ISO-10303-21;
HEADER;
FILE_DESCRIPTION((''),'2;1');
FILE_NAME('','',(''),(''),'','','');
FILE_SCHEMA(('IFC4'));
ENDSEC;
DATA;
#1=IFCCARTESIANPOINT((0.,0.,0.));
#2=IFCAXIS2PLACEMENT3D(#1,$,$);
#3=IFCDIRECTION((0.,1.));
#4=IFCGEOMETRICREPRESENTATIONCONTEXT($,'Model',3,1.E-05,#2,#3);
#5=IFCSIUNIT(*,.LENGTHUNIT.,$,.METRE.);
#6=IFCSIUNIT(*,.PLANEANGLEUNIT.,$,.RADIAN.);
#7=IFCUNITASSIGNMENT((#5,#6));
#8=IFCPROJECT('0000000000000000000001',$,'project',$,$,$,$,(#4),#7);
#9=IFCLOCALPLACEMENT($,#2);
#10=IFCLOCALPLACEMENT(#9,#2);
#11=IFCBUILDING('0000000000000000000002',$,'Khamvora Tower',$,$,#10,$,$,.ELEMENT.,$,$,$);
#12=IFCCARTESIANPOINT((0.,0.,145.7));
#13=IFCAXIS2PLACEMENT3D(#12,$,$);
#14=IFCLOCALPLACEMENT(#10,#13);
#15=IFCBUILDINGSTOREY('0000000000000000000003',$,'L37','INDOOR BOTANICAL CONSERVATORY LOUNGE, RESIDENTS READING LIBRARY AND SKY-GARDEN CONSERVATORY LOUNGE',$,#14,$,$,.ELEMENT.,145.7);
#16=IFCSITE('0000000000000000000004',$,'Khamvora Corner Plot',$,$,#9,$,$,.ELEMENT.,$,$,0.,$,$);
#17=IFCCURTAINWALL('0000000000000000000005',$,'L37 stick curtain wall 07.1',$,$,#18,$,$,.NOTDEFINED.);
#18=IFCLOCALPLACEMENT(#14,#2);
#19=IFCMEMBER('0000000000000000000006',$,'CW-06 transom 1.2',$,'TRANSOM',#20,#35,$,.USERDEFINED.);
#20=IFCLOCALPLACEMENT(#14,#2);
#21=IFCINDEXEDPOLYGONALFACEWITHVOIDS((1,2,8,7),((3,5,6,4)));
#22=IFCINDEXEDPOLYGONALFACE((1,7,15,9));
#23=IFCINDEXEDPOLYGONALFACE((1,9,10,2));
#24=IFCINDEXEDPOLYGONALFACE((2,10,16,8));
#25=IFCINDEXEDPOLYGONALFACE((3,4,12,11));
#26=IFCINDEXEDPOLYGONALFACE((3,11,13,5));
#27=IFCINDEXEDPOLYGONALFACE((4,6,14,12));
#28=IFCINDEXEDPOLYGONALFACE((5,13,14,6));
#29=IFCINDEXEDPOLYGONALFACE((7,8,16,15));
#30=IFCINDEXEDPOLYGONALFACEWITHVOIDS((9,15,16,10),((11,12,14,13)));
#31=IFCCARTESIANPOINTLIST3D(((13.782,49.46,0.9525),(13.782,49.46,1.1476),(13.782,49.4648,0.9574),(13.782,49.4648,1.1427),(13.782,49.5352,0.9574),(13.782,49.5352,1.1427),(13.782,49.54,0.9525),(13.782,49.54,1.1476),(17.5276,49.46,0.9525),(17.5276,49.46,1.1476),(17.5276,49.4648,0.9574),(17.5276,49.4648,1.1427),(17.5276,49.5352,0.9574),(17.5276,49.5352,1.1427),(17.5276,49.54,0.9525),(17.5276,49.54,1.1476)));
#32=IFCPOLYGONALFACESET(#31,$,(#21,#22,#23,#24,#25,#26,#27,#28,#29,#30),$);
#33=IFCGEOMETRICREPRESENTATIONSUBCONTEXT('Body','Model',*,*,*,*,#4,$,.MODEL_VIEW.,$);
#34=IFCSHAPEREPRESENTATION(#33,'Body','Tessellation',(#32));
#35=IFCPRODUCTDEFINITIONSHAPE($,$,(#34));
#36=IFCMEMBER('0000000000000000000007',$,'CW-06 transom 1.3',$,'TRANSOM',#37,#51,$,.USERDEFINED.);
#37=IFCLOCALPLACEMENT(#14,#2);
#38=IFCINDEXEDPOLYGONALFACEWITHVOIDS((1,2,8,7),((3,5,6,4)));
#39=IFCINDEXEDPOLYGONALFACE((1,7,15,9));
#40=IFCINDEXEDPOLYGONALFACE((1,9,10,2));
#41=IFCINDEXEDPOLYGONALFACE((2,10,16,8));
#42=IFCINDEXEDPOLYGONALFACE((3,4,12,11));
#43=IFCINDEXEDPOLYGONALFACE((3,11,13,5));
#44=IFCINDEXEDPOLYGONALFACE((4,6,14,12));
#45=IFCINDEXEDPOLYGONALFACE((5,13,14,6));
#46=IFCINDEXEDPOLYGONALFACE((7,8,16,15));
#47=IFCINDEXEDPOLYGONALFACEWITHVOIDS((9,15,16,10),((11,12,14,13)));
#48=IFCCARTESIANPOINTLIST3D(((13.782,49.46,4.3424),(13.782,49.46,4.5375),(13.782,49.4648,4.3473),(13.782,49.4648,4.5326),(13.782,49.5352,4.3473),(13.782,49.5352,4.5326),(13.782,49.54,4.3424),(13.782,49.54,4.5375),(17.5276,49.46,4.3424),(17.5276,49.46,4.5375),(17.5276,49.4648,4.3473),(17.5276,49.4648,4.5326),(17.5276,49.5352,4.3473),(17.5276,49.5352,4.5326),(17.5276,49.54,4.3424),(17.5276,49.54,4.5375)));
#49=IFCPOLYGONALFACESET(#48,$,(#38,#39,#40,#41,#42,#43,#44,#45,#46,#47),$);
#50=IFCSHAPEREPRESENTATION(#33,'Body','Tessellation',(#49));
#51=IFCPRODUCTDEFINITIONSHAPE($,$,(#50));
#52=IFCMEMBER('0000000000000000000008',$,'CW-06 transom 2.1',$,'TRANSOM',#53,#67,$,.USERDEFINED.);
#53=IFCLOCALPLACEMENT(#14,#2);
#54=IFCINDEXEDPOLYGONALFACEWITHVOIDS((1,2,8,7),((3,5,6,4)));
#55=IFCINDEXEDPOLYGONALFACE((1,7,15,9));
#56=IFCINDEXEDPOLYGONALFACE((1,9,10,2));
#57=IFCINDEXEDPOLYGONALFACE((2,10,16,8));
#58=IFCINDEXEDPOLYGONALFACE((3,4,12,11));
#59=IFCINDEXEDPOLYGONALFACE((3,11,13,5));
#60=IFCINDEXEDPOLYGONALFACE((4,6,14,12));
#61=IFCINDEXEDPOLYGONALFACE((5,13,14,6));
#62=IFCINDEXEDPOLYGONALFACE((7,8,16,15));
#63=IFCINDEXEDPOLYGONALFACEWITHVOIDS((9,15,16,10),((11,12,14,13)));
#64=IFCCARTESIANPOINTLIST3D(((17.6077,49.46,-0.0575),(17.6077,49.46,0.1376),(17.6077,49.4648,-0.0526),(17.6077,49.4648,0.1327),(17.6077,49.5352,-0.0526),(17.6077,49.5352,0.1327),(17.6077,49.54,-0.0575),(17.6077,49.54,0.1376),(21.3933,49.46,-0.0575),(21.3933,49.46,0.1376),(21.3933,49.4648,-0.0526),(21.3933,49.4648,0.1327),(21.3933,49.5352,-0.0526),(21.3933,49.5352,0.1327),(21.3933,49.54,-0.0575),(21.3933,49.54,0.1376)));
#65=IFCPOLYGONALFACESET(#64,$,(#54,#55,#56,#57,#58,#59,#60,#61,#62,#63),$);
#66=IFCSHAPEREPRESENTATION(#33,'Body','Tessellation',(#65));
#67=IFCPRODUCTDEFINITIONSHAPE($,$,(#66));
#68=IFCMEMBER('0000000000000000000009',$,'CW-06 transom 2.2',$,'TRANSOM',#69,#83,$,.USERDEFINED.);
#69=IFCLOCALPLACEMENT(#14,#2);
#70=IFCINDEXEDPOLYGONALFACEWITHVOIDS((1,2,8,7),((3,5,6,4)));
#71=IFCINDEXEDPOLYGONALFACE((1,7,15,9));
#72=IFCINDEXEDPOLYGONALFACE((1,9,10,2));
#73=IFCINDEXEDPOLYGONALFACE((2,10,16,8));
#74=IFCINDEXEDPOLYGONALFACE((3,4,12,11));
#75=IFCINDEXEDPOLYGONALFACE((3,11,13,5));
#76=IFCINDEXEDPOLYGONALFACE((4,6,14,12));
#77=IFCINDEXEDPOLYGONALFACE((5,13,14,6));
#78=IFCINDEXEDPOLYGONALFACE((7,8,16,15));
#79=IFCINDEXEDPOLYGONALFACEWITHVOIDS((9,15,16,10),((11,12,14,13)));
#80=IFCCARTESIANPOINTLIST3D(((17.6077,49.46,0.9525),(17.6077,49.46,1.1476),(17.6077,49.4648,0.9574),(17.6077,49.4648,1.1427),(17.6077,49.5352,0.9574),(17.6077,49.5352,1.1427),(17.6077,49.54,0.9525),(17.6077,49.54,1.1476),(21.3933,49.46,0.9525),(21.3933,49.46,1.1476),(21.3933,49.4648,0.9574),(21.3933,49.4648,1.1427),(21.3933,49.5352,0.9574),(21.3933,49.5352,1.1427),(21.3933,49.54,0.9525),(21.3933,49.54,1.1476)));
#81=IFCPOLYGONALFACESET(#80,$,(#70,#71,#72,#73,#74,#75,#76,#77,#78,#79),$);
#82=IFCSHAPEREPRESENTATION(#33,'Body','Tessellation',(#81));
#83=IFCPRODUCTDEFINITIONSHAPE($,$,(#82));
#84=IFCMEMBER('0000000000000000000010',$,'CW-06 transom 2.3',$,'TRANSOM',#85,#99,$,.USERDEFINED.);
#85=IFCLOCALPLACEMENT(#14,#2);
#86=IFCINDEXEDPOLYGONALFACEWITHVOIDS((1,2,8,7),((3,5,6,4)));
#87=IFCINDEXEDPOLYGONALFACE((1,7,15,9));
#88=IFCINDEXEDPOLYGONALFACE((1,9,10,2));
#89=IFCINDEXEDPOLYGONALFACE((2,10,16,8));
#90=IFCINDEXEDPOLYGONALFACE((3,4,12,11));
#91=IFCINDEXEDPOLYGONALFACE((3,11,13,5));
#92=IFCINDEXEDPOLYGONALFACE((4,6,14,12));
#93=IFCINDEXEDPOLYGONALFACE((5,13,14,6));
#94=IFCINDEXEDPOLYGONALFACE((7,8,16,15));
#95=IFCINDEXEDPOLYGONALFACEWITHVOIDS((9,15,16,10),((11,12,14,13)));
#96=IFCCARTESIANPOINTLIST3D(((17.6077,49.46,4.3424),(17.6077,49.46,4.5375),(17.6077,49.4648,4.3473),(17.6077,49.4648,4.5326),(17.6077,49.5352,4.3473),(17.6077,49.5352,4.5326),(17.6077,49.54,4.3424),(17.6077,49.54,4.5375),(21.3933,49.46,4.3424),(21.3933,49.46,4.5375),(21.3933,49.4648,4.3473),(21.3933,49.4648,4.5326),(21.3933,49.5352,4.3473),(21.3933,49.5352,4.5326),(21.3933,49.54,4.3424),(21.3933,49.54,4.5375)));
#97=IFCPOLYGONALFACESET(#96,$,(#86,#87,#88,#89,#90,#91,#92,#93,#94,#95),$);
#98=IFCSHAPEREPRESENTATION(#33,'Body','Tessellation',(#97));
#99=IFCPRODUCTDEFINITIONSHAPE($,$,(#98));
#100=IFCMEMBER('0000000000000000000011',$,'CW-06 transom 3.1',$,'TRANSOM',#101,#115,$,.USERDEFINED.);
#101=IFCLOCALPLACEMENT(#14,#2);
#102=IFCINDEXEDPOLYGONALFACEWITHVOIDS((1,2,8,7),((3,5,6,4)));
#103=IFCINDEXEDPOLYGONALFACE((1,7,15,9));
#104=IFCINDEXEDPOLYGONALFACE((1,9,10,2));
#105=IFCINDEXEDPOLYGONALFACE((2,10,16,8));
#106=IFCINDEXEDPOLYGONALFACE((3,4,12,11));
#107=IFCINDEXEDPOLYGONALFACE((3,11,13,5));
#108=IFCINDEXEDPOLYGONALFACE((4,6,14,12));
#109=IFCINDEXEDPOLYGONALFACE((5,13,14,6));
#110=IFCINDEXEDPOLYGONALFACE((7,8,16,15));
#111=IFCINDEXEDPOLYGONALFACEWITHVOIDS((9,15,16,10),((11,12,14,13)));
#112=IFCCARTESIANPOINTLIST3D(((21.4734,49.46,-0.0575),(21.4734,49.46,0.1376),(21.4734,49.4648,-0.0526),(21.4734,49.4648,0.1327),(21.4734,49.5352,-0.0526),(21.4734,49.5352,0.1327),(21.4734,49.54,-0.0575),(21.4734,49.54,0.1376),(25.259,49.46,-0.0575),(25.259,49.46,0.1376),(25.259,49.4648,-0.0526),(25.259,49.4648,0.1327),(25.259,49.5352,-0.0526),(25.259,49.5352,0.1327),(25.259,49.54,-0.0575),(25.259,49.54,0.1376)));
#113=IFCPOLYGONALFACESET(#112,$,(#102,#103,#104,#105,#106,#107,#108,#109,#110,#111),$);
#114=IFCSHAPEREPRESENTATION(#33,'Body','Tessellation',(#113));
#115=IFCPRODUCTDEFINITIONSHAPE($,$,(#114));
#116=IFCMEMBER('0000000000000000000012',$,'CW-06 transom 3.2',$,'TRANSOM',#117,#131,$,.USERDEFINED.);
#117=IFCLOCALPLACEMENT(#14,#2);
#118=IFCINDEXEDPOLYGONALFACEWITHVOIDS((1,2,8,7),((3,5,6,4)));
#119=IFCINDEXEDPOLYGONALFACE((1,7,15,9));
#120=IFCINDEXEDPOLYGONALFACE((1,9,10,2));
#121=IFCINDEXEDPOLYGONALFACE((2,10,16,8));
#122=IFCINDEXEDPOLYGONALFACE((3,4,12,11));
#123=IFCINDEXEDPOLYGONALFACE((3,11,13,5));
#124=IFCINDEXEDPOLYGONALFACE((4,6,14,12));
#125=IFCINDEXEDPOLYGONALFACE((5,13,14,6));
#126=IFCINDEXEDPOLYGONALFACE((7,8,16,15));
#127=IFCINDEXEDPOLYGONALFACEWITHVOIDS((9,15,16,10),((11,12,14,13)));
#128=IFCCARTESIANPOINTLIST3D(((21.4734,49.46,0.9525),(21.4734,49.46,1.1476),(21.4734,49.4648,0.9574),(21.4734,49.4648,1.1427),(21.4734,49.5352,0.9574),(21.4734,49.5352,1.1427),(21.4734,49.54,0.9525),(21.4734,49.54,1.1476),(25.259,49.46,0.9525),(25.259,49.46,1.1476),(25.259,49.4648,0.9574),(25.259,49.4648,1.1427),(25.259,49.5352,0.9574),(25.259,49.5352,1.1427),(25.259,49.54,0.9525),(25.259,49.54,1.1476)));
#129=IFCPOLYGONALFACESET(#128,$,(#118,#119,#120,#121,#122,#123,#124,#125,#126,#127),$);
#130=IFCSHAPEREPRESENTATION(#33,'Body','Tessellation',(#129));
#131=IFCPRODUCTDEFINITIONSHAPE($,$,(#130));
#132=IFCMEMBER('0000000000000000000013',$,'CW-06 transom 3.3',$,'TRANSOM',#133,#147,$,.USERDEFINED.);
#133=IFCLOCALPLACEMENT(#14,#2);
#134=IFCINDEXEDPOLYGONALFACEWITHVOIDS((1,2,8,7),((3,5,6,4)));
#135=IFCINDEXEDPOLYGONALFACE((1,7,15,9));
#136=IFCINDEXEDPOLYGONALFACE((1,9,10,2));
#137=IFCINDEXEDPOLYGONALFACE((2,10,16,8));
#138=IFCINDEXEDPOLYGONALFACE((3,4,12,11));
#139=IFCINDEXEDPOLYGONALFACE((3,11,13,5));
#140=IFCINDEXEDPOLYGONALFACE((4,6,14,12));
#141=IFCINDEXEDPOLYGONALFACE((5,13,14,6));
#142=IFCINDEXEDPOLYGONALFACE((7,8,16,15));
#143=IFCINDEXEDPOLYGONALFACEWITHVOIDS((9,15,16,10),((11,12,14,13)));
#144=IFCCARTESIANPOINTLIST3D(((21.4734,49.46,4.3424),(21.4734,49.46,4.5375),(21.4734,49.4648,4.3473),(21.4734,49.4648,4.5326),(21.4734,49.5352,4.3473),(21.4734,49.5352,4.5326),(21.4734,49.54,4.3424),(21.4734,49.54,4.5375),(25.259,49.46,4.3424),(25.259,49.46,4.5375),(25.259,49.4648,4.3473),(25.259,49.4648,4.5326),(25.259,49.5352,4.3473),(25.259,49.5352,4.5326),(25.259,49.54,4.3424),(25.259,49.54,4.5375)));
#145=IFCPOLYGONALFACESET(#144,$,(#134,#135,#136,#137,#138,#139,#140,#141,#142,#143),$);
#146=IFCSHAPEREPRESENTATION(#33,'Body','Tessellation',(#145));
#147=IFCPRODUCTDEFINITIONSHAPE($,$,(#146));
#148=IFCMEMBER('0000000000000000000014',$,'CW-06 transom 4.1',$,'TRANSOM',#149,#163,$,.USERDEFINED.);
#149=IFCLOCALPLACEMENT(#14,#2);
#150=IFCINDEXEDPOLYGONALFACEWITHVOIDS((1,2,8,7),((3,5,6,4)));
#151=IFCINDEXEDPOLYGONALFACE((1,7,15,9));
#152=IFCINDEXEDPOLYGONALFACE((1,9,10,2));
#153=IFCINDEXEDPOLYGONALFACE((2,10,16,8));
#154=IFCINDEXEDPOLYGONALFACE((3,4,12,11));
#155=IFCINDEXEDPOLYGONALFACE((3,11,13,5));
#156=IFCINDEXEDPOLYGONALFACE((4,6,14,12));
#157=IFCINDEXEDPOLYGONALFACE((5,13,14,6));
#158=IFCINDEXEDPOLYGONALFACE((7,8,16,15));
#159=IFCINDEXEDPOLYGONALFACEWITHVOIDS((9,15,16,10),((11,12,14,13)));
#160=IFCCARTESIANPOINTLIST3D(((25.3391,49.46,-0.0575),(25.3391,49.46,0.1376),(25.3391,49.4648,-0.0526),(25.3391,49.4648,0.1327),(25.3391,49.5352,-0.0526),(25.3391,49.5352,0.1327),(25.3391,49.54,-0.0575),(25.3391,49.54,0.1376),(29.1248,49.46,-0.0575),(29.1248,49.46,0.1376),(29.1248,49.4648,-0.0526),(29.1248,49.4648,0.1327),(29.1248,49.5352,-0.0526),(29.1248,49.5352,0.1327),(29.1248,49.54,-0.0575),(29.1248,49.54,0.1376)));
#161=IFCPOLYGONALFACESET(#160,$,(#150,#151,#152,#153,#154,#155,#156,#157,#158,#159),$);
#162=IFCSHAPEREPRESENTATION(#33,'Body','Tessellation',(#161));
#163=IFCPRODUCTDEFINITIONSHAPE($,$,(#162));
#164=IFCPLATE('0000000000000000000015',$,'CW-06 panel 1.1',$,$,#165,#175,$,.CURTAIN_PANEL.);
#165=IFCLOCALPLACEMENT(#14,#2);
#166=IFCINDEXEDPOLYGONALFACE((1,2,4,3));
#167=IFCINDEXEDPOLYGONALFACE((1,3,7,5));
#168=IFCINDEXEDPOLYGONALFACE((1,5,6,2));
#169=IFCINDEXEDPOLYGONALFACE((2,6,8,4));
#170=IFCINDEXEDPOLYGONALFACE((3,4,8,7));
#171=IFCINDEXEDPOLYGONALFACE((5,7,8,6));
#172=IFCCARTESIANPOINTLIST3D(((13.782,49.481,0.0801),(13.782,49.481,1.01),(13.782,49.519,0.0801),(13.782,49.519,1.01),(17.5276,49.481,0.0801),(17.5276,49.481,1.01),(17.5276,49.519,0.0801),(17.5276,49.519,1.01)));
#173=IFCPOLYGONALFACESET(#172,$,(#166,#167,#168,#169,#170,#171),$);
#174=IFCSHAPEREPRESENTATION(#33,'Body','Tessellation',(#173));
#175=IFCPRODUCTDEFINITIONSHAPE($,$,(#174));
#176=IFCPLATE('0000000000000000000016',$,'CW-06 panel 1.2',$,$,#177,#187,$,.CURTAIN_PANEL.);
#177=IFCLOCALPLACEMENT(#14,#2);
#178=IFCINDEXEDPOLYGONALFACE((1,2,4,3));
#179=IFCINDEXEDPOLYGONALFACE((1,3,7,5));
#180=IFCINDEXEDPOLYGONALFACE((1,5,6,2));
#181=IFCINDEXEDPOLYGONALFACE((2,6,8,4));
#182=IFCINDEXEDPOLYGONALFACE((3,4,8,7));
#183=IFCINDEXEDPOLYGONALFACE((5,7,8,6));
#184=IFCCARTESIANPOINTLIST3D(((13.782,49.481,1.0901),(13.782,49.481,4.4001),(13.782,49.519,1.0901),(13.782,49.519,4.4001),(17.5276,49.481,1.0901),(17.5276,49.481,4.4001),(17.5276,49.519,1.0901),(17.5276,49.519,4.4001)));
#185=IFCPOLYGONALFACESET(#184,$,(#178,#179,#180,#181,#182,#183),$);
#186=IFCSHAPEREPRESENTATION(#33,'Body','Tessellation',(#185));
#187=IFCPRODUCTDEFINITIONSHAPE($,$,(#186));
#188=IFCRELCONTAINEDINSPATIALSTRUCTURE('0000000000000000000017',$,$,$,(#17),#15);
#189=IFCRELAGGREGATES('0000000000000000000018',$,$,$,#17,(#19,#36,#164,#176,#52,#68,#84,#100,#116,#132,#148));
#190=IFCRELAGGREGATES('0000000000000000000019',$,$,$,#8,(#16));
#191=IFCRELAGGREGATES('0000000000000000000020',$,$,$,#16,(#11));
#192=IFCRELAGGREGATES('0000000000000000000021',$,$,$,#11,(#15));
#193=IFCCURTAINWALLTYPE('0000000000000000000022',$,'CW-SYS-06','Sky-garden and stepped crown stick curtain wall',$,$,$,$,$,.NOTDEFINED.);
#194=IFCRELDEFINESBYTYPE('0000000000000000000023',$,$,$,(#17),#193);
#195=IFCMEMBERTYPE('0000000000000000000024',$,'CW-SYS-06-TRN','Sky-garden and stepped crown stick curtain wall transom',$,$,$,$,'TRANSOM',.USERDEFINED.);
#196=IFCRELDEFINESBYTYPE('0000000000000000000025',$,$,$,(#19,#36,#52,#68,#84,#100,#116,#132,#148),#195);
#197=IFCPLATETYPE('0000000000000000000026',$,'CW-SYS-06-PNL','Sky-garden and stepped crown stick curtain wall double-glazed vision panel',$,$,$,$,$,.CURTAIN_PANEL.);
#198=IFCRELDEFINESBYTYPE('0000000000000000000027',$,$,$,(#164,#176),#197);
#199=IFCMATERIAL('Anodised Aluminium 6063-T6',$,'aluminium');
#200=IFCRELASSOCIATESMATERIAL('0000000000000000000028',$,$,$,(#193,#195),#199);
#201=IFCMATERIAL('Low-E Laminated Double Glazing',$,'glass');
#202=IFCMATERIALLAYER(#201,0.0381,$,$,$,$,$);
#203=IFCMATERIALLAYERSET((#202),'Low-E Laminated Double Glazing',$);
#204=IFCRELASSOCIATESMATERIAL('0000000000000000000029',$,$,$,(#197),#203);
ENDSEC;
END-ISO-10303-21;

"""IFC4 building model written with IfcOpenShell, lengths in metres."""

from ifc_helpers import new_model, si_unit, direction, frame, origin, origin_2d, place, context, subcontext, project, spatial, rectangle, hollow_rectangle, extrude, material, layer, layer_set, material_profile, profile_set, type_object, element, aggregate, save


model = new_model("IFC4")

# Units and contexts
model_context = context("Model", 3, precision=1e-05, world=origin(), true_north=direction((0.0, 1.0)))
body_context = subcontext(model_context, "Body", "Model", "MODEL_VIEW")
ifc_project = project(units=[si_unit("LENGTHUNIT", "METRE"), si_unit("PLANEANGLEUNIT", "RADIAN")], contexts=[model_context])

# Site, building, storey
site_placement = place(None, origin())
site = spatial("IfcSite", under=ifc_project, at=site_placement, Name="Khamvora Corner Plot", CompositionType="ELEMENT", RefElevation=0.0)
building_placement = place(site_placement, origin())
building = spatial("IfcBuilding", under=site, at=building_placement, Name="Khamvora Tower", CompositionType="ELEMENT")
storey_placement = place(building_placement, frame((0.0, 0.0, 145.7)))
storey = spatial("IfcBuildingStorey", under=building, at=storey_placement, Name="L37", Description="INDOOR BOTANICAL CONSERVATORY LOUNGE, RESIDENTS READING LIBRARY AND SKY-GARDEN CONSERVATORY LOUNGE", CompositionType="ELEMENT", Elevation=145.7)

# Curtain wall, members, plates
ifc_material_1 = material(Name="Anodised Aluminium 6063-T6", Category="aluminium")
curtain_wall_type = type_object("IfcCurtainWallType", Name="CW-SYS-06", Description="Sky-garden and stepped crown stick curtain wall", PredefinedType="NOTDEFINED", material=ifc_material_1)
curtain_wall_placement = place(storey_placement, origin())
curtain_wall = element("IfcCurtainWall", 1, at=curtain_wall_placement, inside=storey, type_object=curtain_wall_type, Name="L37 stick curtain wall 07.1", PredefinedType="NOTDEFINED")
ifc_material_profile_1 = material_profile(ifc_material_1, hollow_rectangle(XDim=0.0801, YDim=0.1951, WallThickness=0.0049, at=origin_2d()), Name="TRN80x195x5")
ifc_profile_set_1 = profile_set([ifc_material_profile_1], Name="Anodised Aluminium 6063-T6")
member_type_1 = type_object("IfcMemberType", Name="CW-SYS-06-TRN", Description="Sky-garden and stepped crown stick curtain wall transom", ElementType="TRANSOM", PredefinedType="USERDEFINED", material=ifc_profile_set_1)
member_1_placement = place(storey_placement, frame((13.782, 49.5, 1.05), z_axis=(1.0, 0.0, 0.0), x_axis=(0.0, 1.0, 0.0)))
member_1 = element("IfcMember", 2, at=member_1_placement, type_object=member_type_1, Name="CW-06 transom 1.2", ObjectType="TRANSOM", PredefinedType="USERDEFINED", context=body_context, shape_type="SweptSolid", body=[
    extrude(hollow_rectangle(XDim=0.0801, YDim=0.1951, WallThickness=0.0049, at=origin_2d()), origin(), (0.0, 0.0, 1.0), 3.7456),
])
member_2_placement = place(storey_placement, frame((13.782, 49.5, 4.4399), z_axis=(1.0, 0.0, 0.0), x_axis=(0.0, 1.0, 0.0)))
member_2 = element("IfcMember", 3, at=member_2_placement, type_object=member_type_1, Name="CW-06 transom 1.3", ObjectType="TRANSOM", PredefinedType="USERDEFINED", context=body_context, shape_type="SweptSolid", body=[
    extrude(hollow_rectangle(XDim=0.0801, YDim=0.1951, WallThickness=0.0049, at=origin_2d()), origin(), (0.0, 0.0, 1.0), 3.7456),
])
member_3_placement = place(storey_placement, frame((17.6077, 49.5, 0.04), z_axis=(1.0, 0.0, 0.0), x_axis=(0.0, 1.0, 0.0)))
member_3 = element("IfcMember", 4, at=member_3_placement, type_object=member_type_1, Name="CW-06 transom 2.1", ObjectType="TRANSOM", PredefinedType="USERDEFINED", context=body_context, shape_type="SweptSolid", body=[
    extrude(hollow_rectangle(XDim=0.0801, YDim=0.1951, WallThickness=0.0049, at=origin_2d()), origin(), (0.0, 0.0, 1.0), 3.7856),
])
member_4_placement = place(storey_placement, frame((17.6077, 49.5, 1.05), z_axis=(1.0, 0.0, 0.0), x_axis=(0.0, 1.0, 0.0)))
member_4 = element("IfcMember", 5, at=member_4_placement, type_object=member_type_1, Name="CW-06 transom 2.2", ObjectType="TRANSOM", PredefinedType="USERDEFINED", context=body_context, shape_type="SweptSolid", body=[
    extrude(hollow_rectangle(XDim=0.0801, YDim=0.1951, WallThickness=0.0049, at=origin_2d()), origin(), (0.0, 0.0, 1.0), 3.7856),
])
member_5_placement = place(storey_placement, frame((17.6077, 49.5, 4.4399), z_axis=(1.0, 0.0, 0.0), x_axis=(0.0, 1.0, 0.0)))
member_5 = element("IfcMember", 6, at=member_5_placement, type_object=member_type_1, Name="CW-06 transom 2.3", ObjectType="TRANSOM", PredefinedType="USERDEFINED", context=body_context, shape_type="SweptSolid", body=[
    extrude(hollow_rectangle(XDim=0.0801, YDim=0.1951, WallThickness=0.0049, at=origin_2d()), origin(), (0.0, 0.0, 1.0), 3.7856),
])
member_6_placement = place(storey_placement, frame((21.4734, 49.5, 0.04), z_axis=(1.0, 0.0, 0.0), x_axis=(0.0, 1.0, 0.0)))
member_6 = element("IfcMember", 7, at=member_6_placement, type_object=member_type_1, Name="CW-06 transom 3.1", ObjectType="TRANSOM", PredefinedType="USERDEFINED", context=body_context, shape_type="SweptSolid", body=[
    extrude(hollow_rectangle(XDim=0.0801, YDim=0.1951, WallThickness=0.0049, at=origin_2d()), origin(), (0.0, 0.0, 1.0), 3.7856),
])
member_7_placement = place(storey_placement, frame((21.4734, 49.5, 1.05), z_axis=(1.0, 0.0, 0.0), x_axis=(0.0, 1.0, 0.0)))
member_7 = element("IfcMember", 8, at=member_7_placement, type_object=member_type_1, Name="CW-06 transom 3.2", ObjectType="TRANSOM", PredefinedType="USERDEFINED", context=body_context, shape_type="SweptSolid", body=[
    extrude(hollow_rectangle(XDim=0.0801, YDim=0.1951, WallThickness=0.0049, at=origin_2d()), origin(), (0.0, 0.0, 1.0), 3.7856),
])
member_8_placement = place(storey_placement, frame((21.4734, 49.5, 4.4399), z_axis=(1.0, 0.0, 0.0), x_axis=(0.0, 1.0, 0.0)))
member_8 = element("IfcMember", 9, at=member_8_placement, type_object=member_type_1, Name="CW-06 transom 3.3", ObjectType="TRANSOM", PredefinedType="USERDEFINED", context=body_context, shape_type="SweptSolid", body=[
    extrude(hollow_rectangle(XDim=0.0801, YDim=0.1951, WallThickness=0.0049, at=origin_2d()), origin(), (0.0, 0.0, 1.0), 3.7856),
])
member_9_placement = place(storey_placement, frame((25.3391, 49.5, 0.04), z_axis=(1.0, 0.0, 0.0), x_axis=(0.0, 1.0, 0.0)))
member_9 = element("IfcMember", 10, at=member_9_placement, type_object=member_type_1, Name="CW-06 transom 4.1", ObjectType="TRANSOM", PredefinedType="USERDEFINED", context=body_context, shape_type="SweptSolid", body=[
    extrude(hollow_rectangle(XDim=0.0801, YDim=0.1951, WallThickness=0.0049, at=origin_2d()), origin(), (0.0, 0.0, 1.0), 3.7856),
])
ifc_material_2 = material(Name="Low-E Laminated Double Glazing", Category="glass")
ifc_layer_1 = layer(ifc_material_2, 0.0381)
ifc_layer_set_1 = layer_set([ifc_layer_1], Name="Low-E Laminated Double Glazing")
plate_type = type_object("IfcPlateType", Name="CW-SYS-06-PNL", Description="Sky-garden and stepped crown stick curtain wall double-glazed vision panel", PredefinedType="CURTAIN_PANEL", material=ifc_layer_set_1)
plate_1_placement = place(storey_placement, frame((15.6548, 49.5, 0.0801), z_axis=(0.0, 0.0, 1.0), x_axis=(1.0, 0.0, 0.0)))
plate_1 = element("IfcPlate", 11, at=plate_1_placement, type_object=plate_type, Name="CW-06 panel 1.1", PredefinedType="CURTAIN_PANEL", context=body_context, shape_type="SweptSolid", body=[
    extrude(rectangle(XDim=3.7456, YDim=0.0381, at=origin_2d()), origin(), (0.0, 0.0, 1.0), 0.9299),
])
plate_2_placement = place(storey_placement, frame((15.6548, 49.5, 1.0901), z_axis=(0.0, 0.0, 1.0), x_axis=(1.0, 0.0, 0.0)))
plate_2 = element("IfcPlate", 12, at=plate_2_placement, type_object=plate_type, Name="CW-06 panel 1.2", PredefinedType="CURTAIN_PANEL", context=body_context, shape_type="SweptSolid", body=[
    extrude(rectangle(XDim=3.7456, YDim=0.0381, at=origin_2d()), origin(), (0.0, 0.0, 1.0), 3.3101),
])
aggregate(curtain_wall, [member_1, member_2, plate_1, plate_2, member_3, member_4, member_5, member_6, member_7, member_8, member_9])

save(model, "model.ifc")
